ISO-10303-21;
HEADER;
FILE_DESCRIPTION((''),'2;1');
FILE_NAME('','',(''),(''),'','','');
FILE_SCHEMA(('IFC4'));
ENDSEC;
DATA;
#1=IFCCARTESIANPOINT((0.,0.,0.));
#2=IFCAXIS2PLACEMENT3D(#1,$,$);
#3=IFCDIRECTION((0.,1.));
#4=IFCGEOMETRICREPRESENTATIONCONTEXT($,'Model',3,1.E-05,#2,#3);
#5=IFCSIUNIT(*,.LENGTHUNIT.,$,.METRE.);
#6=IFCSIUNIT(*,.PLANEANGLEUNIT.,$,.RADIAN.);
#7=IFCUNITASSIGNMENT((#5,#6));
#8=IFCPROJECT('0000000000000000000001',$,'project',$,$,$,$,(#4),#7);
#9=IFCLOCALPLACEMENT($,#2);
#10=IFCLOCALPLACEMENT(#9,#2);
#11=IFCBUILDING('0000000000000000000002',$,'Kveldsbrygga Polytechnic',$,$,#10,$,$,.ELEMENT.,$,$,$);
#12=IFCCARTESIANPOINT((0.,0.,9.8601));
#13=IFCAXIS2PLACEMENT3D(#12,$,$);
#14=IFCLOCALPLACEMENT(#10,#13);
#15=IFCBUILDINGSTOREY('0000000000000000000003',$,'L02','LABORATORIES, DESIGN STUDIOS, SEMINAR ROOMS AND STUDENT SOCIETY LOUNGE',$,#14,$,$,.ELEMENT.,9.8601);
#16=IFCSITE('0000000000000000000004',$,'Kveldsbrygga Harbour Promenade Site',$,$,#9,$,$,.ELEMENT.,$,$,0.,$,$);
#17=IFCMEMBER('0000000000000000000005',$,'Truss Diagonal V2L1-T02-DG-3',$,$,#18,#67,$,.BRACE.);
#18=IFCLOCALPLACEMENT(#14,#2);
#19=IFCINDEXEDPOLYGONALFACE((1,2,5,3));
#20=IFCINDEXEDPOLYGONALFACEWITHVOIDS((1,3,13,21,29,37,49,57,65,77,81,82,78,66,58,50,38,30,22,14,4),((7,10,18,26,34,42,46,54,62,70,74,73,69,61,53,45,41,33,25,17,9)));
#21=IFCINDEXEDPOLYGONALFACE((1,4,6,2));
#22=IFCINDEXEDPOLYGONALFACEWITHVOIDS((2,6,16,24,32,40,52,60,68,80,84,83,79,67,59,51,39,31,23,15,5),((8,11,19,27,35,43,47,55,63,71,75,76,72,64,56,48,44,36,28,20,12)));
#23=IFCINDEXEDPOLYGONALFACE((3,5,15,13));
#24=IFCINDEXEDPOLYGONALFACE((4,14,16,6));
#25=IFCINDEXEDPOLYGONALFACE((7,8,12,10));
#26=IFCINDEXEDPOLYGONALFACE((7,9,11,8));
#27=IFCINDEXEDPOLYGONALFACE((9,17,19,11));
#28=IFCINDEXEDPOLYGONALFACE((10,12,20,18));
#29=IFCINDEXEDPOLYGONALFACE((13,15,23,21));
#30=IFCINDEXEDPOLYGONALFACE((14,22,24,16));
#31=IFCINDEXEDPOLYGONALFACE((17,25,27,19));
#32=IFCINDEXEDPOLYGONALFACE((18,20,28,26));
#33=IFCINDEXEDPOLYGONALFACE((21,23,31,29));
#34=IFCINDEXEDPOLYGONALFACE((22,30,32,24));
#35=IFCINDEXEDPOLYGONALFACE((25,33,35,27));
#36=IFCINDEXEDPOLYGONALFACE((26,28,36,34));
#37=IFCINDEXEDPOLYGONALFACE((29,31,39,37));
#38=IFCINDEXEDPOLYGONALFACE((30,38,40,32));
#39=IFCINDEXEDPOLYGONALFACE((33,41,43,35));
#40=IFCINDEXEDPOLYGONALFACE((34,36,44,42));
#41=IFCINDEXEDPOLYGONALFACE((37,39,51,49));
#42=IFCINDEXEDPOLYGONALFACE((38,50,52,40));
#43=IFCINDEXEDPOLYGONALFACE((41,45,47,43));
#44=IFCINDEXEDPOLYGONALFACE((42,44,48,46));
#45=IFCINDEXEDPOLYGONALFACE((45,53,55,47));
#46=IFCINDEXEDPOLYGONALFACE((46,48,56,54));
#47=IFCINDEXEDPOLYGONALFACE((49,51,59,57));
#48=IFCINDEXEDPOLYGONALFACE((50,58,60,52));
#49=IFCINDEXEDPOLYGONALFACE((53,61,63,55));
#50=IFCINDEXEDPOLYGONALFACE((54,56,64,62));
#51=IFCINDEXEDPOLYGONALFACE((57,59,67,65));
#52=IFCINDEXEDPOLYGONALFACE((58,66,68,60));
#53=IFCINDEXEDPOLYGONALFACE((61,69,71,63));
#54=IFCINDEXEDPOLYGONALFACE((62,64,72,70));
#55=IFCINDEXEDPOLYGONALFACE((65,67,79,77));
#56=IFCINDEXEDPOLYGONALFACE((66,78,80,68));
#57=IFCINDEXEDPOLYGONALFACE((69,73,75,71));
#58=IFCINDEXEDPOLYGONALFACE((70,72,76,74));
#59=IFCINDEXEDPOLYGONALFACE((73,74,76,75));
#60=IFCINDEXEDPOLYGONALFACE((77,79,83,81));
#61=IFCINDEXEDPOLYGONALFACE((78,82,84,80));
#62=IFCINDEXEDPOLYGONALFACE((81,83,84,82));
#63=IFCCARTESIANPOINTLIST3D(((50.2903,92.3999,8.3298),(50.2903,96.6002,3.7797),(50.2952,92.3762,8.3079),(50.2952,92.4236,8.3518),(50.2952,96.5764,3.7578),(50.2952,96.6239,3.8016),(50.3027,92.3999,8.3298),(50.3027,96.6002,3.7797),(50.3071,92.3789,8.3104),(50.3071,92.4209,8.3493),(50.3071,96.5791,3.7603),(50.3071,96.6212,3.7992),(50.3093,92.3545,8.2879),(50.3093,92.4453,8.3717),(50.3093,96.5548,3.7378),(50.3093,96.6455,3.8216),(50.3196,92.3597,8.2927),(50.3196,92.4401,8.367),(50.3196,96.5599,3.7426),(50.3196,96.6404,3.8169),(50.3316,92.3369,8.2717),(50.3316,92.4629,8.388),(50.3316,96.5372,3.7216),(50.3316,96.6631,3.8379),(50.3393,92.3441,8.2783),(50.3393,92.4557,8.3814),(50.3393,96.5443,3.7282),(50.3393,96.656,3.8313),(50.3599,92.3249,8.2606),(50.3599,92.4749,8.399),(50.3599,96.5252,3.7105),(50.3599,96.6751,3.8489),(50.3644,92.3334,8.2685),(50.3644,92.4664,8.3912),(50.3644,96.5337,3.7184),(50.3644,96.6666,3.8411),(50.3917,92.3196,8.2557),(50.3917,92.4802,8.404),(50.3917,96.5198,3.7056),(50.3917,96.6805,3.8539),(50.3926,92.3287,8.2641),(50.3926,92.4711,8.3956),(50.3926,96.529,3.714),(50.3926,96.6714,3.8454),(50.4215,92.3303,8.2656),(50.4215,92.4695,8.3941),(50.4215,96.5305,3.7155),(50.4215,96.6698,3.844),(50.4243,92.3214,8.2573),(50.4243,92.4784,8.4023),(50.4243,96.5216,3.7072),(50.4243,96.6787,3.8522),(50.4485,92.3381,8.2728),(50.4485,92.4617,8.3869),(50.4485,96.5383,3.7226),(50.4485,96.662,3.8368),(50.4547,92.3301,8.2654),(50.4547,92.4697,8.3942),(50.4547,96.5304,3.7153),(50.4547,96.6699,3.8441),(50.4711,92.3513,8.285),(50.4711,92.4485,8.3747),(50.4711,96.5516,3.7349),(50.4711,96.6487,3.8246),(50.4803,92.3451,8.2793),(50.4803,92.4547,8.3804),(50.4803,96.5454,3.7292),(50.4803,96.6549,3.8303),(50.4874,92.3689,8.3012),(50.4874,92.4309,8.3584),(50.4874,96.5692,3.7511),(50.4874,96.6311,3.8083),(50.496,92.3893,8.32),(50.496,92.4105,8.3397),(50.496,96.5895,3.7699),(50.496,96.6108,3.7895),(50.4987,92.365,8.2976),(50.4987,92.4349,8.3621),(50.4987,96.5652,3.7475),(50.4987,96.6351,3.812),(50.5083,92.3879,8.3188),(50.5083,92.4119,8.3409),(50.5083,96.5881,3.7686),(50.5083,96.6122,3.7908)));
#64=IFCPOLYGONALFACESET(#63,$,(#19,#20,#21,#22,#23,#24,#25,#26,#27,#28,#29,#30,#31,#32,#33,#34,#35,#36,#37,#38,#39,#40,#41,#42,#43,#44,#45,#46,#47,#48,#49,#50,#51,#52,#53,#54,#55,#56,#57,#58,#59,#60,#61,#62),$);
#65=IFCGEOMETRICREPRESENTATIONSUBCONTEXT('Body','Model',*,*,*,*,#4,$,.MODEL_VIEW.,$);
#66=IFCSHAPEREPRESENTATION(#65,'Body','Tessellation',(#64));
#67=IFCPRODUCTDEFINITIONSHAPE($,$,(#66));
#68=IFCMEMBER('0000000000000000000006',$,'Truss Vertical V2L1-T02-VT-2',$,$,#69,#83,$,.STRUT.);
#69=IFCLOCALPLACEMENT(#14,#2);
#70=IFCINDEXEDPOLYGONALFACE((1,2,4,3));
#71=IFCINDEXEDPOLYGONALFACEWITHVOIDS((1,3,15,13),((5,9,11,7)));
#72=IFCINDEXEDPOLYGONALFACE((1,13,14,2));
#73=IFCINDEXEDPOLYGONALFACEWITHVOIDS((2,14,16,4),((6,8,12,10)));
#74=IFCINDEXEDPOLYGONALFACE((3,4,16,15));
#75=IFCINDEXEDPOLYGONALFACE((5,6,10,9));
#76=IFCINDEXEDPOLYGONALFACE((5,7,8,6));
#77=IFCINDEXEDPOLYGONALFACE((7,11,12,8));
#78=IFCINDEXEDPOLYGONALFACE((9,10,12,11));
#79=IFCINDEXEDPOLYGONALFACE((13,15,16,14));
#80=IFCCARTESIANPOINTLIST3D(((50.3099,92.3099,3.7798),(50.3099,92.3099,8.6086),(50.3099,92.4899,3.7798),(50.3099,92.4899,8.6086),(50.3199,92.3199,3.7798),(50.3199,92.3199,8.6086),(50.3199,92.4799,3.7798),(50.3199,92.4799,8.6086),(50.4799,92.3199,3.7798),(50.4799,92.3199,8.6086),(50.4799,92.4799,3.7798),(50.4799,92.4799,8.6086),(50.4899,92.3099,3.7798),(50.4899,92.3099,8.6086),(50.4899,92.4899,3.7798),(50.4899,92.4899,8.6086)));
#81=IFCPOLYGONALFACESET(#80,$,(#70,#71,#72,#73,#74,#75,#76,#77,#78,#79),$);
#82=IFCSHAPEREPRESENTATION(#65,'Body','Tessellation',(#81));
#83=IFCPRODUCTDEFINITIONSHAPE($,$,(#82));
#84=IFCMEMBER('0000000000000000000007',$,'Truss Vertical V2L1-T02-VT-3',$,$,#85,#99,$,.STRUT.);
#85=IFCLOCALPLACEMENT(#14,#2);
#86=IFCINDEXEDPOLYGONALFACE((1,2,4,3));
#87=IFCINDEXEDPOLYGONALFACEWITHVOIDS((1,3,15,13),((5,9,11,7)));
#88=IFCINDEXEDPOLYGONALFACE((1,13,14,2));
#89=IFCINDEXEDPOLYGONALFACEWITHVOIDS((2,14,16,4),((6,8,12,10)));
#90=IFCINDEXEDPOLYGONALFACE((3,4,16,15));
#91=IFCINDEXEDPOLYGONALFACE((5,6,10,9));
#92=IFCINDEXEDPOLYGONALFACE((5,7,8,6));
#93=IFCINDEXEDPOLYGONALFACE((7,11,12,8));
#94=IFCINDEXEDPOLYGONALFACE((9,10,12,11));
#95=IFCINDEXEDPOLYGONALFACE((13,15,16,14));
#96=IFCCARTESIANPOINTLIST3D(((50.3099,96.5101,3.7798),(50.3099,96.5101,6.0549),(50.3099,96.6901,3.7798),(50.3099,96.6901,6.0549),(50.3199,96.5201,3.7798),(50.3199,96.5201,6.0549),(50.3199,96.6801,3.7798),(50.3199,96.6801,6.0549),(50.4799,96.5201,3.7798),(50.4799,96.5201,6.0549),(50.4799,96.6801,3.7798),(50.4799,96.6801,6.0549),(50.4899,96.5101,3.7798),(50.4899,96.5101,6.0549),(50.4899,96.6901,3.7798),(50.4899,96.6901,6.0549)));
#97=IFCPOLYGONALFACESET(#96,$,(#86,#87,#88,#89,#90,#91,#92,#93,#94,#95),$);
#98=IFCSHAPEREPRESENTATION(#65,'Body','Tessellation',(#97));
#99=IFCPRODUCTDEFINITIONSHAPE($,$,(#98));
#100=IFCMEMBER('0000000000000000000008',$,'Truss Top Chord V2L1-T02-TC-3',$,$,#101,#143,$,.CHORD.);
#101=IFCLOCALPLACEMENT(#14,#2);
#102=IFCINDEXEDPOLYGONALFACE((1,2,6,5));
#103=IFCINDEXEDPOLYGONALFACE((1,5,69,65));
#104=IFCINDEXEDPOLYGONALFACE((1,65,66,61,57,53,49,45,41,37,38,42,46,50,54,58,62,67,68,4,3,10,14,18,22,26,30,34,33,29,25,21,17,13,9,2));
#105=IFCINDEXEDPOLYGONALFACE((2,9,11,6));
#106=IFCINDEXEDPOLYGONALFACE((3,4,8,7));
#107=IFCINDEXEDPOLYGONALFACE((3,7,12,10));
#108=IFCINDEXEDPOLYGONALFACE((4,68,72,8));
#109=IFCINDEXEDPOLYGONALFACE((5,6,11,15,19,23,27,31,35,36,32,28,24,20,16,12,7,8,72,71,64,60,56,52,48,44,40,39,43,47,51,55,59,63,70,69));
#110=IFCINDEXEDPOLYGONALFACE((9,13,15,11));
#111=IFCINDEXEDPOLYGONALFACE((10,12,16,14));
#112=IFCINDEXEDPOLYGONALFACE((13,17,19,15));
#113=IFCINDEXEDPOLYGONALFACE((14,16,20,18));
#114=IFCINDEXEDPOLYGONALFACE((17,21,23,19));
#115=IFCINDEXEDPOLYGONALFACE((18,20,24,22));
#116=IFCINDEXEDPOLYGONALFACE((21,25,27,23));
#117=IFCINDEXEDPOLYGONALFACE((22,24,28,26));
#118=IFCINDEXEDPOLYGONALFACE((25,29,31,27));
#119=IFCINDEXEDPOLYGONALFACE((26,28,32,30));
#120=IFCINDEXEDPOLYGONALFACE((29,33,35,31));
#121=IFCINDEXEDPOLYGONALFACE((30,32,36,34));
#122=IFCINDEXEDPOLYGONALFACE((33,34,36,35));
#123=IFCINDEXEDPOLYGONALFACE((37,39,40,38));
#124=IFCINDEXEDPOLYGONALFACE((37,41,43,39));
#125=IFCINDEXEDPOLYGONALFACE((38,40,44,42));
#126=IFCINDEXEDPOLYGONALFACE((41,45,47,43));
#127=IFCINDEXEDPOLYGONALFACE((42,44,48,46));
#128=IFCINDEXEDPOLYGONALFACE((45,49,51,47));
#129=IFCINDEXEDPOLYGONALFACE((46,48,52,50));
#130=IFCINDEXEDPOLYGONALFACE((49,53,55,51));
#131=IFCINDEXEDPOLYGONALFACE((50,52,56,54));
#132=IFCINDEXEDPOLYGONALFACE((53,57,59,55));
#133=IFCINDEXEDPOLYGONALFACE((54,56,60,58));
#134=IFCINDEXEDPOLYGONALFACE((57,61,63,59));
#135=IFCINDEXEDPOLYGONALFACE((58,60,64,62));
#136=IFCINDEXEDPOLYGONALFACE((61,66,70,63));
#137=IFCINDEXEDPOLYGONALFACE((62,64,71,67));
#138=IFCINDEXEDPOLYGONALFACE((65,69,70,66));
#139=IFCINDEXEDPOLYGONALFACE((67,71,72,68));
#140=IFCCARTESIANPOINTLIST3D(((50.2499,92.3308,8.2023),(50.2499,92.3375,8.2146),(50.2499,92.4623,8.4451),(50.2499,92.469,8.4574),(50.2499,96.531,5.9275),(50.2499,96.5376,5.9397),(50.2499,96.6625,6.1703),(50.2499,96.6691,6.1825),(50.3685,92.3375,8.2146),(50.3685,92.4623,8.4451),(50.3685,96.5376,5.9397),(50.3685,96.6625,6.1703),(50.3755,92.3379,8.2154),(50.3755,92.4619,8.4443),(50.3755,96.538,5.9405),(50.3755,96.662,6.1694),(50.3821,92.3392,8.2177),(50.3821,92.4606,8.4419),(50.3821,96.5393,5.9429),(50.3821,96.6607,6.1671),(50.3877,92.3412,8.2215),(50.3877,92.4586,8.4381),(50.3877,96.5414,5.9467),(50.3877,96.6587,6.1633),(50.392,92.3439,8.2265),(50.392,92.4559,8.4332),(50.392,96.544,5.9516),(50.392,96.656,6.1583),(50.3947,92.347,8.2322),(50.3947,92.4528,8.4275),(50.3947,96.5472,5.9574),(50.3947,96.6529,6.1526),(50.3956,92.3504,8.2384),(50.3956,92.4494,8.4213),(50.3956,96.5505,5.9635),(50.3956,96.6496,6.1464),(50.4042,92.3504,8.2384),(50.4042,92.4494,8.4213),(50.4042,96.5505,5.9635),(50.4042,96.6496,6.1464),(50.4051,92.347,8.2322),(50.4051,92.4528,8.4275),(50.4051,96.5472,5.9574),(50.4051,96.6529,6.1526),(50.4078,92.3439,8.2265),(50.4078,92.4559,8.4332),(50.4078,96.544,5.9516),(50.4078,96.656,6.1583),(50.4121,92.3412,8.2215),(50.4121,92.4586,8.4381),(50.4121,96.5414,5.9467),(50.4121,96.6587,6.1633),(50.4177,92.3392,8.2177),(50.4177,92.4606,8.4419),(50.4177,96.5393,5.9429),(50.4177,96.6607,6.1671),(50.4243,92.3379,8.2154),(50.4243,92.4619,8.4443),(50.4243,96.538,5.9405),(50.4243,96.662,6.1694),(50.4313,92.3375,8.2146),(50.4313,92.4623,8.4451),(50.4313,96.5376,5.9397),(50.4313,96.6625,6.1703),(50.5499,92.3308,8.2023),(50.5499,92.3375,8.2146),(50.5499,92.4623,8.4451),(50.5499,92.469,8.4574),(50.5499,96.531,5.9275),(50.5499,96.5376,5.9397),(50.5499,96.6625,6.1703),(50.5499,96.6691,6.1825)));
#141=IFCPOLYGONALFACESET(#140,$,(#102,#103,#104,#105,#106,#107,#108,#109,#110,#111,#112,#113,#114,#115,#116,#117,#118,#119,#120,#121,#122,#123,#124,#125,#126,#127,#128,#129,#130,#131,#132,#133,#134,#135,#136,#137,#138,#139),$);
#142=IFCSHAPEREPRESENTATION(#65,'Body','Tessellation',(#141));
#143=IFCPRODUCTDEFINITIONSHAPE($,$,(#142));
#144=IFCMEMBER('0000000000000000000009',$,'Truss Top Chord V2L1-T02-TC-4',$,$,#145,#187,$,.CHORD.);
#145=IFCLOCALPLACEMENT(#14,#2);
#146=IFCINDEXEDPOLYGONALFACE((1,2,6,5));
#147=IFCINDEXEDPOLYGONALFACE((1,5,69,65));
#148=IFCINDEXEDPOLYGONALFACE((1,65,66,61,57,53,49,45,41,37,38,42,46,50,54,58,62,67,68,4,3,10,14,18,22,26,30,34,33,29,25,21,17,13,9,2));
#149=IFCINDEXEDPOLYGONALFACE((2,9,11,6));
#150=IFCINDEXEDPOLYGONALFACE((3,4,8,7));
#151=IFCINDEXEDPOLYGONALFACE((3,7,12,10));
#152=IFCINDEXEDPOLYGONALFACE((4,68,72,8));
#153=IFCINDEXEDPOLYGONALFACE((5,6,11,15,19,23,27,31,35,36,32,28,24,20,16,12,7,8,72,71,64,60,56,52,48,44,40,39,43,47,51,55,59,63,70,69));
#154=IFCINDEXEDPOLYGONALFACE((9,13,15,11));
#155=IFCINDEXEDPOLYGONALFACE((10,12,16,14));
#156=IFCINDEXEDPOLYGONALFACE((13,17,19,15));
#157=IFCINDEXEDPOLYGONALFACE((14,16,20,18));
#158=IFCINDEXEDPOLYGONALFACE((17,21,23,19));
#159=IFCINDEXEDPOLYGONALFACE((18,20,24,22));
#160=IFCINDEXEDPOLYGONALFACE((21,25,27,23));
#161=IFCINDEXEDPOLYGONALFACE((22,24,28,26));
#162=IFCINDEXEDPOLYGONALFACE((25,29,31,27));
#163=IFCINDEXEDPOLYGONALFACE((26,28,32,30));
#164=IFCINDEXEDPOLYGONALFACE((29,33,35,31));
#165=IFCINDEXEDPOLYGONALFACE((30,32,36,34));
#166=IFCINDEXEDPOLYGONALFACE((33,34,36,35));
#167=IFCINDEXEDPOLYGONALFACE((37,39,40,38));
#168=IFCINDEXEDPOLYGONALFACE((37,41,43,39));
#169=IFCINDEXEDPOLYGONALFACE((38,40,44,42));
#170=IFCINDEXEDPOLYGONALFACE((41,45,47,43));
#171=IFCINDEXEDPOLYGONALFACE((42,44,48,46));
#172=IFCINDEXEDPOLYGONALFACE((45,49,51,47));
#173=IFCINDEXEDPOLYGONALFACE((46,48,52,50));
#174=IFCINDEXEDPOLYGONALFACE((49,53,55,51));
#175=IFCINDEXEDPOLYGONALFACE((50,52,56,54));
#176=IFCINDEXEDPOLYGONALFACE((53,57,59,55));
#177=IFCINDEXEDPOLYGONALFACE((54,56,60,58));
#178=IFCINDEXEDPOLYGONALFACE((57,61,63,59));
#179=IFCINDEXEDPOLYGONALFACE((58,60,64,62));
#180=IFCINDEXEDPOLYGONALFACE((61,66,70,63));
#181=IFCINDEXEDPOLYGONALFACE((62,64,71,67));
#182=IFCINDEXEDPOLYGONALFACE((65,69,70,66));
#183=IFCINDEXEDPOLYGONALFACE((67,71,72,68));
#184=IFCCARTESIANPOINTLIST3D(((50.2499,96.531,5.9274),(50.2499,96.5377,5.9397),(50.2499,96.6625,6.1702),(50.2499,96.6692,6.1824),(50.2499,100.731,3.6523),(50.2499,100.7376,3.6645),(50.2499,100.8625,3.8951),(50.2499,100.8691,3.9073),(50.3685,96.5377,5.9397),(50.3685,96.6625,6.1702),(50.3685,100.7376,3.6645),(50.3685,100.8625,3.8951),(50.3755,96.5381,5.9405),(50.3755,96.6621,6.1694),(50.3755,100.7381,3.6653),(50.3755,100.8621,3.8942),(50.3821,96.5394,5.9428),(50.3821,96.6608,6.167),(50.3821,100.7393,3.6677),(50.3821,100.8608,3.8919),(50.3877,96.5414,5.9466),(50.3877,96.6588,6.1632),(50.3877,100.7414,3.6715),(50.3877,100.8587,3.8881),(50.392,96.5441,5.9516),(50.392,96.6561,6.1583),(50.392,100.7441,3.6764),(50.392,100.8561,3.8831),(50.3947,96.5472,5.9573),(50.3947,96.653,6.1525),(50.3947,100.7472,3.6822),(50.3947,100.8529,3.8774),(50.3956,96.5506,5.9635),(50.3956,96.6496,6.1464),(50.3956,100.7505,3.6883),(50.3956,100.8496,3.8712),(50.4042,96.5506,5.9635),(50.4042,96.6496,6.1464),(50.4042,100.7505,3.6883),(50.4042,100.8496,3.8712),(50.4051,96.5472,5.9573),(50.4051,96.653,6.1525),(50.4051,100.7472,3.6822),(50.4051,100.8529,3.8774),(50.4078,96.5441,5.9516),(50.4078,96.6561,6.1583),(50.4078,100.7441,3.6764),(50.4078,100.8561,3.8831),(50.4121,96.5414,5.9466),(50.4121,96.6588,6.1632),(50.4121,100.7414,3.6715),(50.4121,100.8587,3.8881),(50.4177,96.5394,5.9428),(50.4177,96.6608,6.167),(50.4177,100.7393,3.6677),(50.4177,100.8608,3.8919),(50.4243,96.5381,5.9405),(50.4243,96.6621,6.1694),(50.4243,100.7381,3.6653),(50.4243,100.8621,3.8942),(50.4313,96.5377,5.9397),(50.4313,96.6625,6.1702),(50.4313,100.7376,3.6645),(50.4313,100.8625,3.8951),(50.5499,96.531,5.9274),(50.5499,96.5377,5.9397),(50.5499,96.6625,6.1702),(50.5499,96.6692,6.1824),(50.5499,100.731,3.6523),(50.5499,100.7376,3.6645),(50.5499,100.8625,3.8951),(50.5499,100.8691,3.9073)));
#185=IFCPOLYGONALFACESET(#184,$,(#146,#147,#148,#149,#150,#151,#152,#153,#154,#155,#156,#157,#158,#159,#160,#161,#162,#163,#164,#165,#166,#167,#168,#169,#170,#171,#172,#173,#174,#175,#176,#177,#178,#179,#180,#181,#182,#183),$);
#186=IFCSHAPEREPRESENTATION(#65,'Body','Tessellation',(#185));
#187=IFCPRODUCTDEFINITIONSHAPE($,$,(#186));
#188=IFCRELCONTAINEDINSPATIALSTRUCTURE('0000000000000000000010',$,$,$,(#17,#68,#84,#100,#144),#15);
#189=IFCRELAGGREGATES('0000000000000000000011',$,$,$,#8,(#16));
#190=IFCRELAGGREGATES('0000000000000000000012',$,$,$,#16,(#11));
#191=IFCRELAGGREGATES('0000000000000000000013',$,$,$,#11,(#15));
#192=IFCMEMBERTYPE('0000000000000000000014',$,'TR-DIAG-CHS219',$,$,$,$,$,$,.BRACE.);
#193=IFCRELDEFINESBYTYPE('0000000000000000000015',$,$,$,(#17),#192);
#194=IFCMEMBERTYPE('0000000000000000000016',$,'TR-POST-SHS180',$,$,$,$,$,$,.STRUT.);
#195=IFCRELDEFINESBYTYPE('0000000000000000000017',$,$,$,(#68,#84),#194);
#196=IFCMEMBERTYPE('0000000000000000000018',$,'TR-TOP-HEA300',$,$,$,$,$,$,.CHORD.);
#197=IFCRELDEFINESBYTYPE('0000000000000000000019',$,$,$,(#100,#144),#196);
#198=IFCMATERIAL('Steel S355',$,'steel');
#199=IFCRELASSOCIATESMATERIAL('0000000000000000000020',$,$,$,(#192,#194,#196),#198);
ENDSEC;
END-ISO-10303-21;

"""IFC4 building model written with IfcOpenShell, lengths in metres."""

from ifc_helpers import new_model, si_unit, direction, frame, origin, origin_2d, place, context, subcontext, project, spatial, hollow_rectangle, hollow_circle, i_section, extrude, material, material_profile, profile_set, type_object, element, save


model = new_model("IFC4")

# Units and contexts
model_context = context("Model", 3, precision=1e-05, world=origin(), true_north=direction((0.0, 1.0)))
body_context = subcontext(model_context, "Body", "Model", "MODEL_VIEW")
ifc_project = project(units=[si_unit("LENGTHUNIT", "METRE"), si_unit("PLANEANGLEUNIT", "RADIAN")], contexts=[model_context])

# Site, building, storey
site_placement = place(None, origin())
site = spatial("IfcSite", under=ifc_project, at=site_placement, Name="Kveldsbrygga Harbour Promenade Site", CompositionType="ELEMENT", RefElevation=0.0)
building_placement = place(site_placement, origin())
building = spatial("IfcBuilding", under=site, at=building_placement, Name="Kveldsbrygga Polytechnic", CompositionType="ELEMENT")
storey_placement = place(building_placement, frame((0.0, 0.0, 9.8601)))
storey = spatial("IfcBuildingStorey", under=building, at=storey_placement, Name="L02", Description="LABORATORIES, DESIGN STUDIOS, SEMINAR ROOMS AND STUDENT SOCIETY LOUNGE", CompositionType="ELEMENT", Elevation=9.8601)

# Members
ifc_material_1 = material(Name="Steel S355", Category="steel")
ifc_material_profile_1 = material_profile(ifc_material_1, hollow_circle(Radius=0.1096, WallThickness=0.0125, at=origin_2d()), Name="CHS 219.1x12.5")
ifc_profile_set_1 = profile_set([ifc_material_profile_1], Name="Steel S355")
member_type_1 = type_object("IfcMemberType", Name="TR-DIAG-CHS219", PredefinedType="BRACE", material=ifc_profile_set_1)
member_1_placement = place(storey_placement, frame((50.3999, 92.3999, 8.3298), z_axis=(0.0, 0.678293, -0.734791), x_axis=(-1.0, 0.0, 0.0)))
element("IfcMember", 1, at=member_1_placement, inside=storey, type_object=member_type_1, Name="Truss Diagonal V2L1-T02-DG-3", PredefinedType="BRACE", context=body_context, shape_type="SweptSolid", body=[
    extrude(hollow_circle(Radius=0.1096, WallThickness=0.0125, at=origin_2d()), origin(), (0.0, 0.0, 1.0), 6.1924),
])
ifc_material_profile_2 = material_profile(ifc_material_1, hollow_rectangle(XDim=0.1799, YDim=0.1799, WallThickness=0.01, at=origin_2d()), Name="SHS 180x180x10.0")
ifc_profile_set_2 = profile_set([ifc_material_profile_2], Name="Steel S355")
member_type_2 = type_object("IfcMemberType", Name="TR-POST-SHS180", PredefinedType="STRUT", material=ifc_profile_set_2)
member_2_placement = place(storey_placement, frame((50.3999, 92.3999, 3.7798), z_axis=(0.0, 0.0, 1.0), x_axis=(1.0, 0.0, 0.0)))
element("IfcMember", 2, at=member_2_placement, inside=storey, type_object=member_type_2, Name="Truss Vertical V2L1-T02-VT-2", PredefinedType="STRUT", context=body_context, shape_type="SweptSolid", body=[
    extrude(hollow_rectangle(XDim=0.1799, YDim=0.1799, WallThickness=0.01, at=origin_2d()), origin(), (0.0, 0.0, 1.0), 4.8289),
])
member_3_placement = place(storey_placement, frame((50.3999, 96.6001, 3.7798), z_axis=(0.0, 0.0, 1.0), x_axis=(1.0, 0.0, 0.0)))
element("IfcMember", 3, at=member_3_placement, inside=storey, type_object=member_type_2, Name="Truss Vertical V2L1-T02-VT-3", PredefinedType="STRUT", context=body_context, shape_type="SweptSolid", body=[
    extrude(hollow_rectangle(XDim=0.1799, YDim=0.1799, WallThickness=0.01, at=origin_2d()), origin(), (0.0, 0.0, 1.0), 2.2751),
])
ifc_material_profile_3 = material_profile(ifc_material_1, i_section(OverallWidth=0.3, OverallDepth=0.29, WebThickness=0.0085, FlangeThickness=0.0139, FilletRadius=0.0271, at=origin_2d()), Name="HEA 300")
ifc_profile_set_3 = profile_set([ifc_material_profile_3], Name="Steel S355")
member_type_3 = type_object("IfcMemberType", Name="TR-TOP-HEA300", PredefinedType="CHORD", material=ifc_profile_set_3)
for number, where, z_axis, x_axis, name in (
    (4, (50.3999, 92.3999, 8.3298), (0.0, 0.87931, -0.47625), (-1.0, 0.0, 0.0), "Truss Top Chord V2L1-T02-TC-3"),
    (5, (50.3999, 96.6001, 6.0549), (0.0, 0.879277, -0.476311), (-1.0, 0.0, 0.0), "Truss Top Chord V2L1-T02-TC-4"),
):
    element("IfcMember", number, at=place(storey_placement, frame(where, z_axis=z_axis, x_axis=x_axis)), inside=storey, type_object=member_type_3, Name=name, PredefinedType="CHORD", context=body_context, shape_type="SweptSolid", body=[
        extrude(i_section(OverallWidth=0.3, OverallDepth=0.29, WebThickness=0.0085, FlangeThickness=0.0139, FilletRadius=0.0271, at=origin_2d()), origin(), (0.0, 0.0, 1.0), 4.7766),
    ])

save(model, "model.ifc")
